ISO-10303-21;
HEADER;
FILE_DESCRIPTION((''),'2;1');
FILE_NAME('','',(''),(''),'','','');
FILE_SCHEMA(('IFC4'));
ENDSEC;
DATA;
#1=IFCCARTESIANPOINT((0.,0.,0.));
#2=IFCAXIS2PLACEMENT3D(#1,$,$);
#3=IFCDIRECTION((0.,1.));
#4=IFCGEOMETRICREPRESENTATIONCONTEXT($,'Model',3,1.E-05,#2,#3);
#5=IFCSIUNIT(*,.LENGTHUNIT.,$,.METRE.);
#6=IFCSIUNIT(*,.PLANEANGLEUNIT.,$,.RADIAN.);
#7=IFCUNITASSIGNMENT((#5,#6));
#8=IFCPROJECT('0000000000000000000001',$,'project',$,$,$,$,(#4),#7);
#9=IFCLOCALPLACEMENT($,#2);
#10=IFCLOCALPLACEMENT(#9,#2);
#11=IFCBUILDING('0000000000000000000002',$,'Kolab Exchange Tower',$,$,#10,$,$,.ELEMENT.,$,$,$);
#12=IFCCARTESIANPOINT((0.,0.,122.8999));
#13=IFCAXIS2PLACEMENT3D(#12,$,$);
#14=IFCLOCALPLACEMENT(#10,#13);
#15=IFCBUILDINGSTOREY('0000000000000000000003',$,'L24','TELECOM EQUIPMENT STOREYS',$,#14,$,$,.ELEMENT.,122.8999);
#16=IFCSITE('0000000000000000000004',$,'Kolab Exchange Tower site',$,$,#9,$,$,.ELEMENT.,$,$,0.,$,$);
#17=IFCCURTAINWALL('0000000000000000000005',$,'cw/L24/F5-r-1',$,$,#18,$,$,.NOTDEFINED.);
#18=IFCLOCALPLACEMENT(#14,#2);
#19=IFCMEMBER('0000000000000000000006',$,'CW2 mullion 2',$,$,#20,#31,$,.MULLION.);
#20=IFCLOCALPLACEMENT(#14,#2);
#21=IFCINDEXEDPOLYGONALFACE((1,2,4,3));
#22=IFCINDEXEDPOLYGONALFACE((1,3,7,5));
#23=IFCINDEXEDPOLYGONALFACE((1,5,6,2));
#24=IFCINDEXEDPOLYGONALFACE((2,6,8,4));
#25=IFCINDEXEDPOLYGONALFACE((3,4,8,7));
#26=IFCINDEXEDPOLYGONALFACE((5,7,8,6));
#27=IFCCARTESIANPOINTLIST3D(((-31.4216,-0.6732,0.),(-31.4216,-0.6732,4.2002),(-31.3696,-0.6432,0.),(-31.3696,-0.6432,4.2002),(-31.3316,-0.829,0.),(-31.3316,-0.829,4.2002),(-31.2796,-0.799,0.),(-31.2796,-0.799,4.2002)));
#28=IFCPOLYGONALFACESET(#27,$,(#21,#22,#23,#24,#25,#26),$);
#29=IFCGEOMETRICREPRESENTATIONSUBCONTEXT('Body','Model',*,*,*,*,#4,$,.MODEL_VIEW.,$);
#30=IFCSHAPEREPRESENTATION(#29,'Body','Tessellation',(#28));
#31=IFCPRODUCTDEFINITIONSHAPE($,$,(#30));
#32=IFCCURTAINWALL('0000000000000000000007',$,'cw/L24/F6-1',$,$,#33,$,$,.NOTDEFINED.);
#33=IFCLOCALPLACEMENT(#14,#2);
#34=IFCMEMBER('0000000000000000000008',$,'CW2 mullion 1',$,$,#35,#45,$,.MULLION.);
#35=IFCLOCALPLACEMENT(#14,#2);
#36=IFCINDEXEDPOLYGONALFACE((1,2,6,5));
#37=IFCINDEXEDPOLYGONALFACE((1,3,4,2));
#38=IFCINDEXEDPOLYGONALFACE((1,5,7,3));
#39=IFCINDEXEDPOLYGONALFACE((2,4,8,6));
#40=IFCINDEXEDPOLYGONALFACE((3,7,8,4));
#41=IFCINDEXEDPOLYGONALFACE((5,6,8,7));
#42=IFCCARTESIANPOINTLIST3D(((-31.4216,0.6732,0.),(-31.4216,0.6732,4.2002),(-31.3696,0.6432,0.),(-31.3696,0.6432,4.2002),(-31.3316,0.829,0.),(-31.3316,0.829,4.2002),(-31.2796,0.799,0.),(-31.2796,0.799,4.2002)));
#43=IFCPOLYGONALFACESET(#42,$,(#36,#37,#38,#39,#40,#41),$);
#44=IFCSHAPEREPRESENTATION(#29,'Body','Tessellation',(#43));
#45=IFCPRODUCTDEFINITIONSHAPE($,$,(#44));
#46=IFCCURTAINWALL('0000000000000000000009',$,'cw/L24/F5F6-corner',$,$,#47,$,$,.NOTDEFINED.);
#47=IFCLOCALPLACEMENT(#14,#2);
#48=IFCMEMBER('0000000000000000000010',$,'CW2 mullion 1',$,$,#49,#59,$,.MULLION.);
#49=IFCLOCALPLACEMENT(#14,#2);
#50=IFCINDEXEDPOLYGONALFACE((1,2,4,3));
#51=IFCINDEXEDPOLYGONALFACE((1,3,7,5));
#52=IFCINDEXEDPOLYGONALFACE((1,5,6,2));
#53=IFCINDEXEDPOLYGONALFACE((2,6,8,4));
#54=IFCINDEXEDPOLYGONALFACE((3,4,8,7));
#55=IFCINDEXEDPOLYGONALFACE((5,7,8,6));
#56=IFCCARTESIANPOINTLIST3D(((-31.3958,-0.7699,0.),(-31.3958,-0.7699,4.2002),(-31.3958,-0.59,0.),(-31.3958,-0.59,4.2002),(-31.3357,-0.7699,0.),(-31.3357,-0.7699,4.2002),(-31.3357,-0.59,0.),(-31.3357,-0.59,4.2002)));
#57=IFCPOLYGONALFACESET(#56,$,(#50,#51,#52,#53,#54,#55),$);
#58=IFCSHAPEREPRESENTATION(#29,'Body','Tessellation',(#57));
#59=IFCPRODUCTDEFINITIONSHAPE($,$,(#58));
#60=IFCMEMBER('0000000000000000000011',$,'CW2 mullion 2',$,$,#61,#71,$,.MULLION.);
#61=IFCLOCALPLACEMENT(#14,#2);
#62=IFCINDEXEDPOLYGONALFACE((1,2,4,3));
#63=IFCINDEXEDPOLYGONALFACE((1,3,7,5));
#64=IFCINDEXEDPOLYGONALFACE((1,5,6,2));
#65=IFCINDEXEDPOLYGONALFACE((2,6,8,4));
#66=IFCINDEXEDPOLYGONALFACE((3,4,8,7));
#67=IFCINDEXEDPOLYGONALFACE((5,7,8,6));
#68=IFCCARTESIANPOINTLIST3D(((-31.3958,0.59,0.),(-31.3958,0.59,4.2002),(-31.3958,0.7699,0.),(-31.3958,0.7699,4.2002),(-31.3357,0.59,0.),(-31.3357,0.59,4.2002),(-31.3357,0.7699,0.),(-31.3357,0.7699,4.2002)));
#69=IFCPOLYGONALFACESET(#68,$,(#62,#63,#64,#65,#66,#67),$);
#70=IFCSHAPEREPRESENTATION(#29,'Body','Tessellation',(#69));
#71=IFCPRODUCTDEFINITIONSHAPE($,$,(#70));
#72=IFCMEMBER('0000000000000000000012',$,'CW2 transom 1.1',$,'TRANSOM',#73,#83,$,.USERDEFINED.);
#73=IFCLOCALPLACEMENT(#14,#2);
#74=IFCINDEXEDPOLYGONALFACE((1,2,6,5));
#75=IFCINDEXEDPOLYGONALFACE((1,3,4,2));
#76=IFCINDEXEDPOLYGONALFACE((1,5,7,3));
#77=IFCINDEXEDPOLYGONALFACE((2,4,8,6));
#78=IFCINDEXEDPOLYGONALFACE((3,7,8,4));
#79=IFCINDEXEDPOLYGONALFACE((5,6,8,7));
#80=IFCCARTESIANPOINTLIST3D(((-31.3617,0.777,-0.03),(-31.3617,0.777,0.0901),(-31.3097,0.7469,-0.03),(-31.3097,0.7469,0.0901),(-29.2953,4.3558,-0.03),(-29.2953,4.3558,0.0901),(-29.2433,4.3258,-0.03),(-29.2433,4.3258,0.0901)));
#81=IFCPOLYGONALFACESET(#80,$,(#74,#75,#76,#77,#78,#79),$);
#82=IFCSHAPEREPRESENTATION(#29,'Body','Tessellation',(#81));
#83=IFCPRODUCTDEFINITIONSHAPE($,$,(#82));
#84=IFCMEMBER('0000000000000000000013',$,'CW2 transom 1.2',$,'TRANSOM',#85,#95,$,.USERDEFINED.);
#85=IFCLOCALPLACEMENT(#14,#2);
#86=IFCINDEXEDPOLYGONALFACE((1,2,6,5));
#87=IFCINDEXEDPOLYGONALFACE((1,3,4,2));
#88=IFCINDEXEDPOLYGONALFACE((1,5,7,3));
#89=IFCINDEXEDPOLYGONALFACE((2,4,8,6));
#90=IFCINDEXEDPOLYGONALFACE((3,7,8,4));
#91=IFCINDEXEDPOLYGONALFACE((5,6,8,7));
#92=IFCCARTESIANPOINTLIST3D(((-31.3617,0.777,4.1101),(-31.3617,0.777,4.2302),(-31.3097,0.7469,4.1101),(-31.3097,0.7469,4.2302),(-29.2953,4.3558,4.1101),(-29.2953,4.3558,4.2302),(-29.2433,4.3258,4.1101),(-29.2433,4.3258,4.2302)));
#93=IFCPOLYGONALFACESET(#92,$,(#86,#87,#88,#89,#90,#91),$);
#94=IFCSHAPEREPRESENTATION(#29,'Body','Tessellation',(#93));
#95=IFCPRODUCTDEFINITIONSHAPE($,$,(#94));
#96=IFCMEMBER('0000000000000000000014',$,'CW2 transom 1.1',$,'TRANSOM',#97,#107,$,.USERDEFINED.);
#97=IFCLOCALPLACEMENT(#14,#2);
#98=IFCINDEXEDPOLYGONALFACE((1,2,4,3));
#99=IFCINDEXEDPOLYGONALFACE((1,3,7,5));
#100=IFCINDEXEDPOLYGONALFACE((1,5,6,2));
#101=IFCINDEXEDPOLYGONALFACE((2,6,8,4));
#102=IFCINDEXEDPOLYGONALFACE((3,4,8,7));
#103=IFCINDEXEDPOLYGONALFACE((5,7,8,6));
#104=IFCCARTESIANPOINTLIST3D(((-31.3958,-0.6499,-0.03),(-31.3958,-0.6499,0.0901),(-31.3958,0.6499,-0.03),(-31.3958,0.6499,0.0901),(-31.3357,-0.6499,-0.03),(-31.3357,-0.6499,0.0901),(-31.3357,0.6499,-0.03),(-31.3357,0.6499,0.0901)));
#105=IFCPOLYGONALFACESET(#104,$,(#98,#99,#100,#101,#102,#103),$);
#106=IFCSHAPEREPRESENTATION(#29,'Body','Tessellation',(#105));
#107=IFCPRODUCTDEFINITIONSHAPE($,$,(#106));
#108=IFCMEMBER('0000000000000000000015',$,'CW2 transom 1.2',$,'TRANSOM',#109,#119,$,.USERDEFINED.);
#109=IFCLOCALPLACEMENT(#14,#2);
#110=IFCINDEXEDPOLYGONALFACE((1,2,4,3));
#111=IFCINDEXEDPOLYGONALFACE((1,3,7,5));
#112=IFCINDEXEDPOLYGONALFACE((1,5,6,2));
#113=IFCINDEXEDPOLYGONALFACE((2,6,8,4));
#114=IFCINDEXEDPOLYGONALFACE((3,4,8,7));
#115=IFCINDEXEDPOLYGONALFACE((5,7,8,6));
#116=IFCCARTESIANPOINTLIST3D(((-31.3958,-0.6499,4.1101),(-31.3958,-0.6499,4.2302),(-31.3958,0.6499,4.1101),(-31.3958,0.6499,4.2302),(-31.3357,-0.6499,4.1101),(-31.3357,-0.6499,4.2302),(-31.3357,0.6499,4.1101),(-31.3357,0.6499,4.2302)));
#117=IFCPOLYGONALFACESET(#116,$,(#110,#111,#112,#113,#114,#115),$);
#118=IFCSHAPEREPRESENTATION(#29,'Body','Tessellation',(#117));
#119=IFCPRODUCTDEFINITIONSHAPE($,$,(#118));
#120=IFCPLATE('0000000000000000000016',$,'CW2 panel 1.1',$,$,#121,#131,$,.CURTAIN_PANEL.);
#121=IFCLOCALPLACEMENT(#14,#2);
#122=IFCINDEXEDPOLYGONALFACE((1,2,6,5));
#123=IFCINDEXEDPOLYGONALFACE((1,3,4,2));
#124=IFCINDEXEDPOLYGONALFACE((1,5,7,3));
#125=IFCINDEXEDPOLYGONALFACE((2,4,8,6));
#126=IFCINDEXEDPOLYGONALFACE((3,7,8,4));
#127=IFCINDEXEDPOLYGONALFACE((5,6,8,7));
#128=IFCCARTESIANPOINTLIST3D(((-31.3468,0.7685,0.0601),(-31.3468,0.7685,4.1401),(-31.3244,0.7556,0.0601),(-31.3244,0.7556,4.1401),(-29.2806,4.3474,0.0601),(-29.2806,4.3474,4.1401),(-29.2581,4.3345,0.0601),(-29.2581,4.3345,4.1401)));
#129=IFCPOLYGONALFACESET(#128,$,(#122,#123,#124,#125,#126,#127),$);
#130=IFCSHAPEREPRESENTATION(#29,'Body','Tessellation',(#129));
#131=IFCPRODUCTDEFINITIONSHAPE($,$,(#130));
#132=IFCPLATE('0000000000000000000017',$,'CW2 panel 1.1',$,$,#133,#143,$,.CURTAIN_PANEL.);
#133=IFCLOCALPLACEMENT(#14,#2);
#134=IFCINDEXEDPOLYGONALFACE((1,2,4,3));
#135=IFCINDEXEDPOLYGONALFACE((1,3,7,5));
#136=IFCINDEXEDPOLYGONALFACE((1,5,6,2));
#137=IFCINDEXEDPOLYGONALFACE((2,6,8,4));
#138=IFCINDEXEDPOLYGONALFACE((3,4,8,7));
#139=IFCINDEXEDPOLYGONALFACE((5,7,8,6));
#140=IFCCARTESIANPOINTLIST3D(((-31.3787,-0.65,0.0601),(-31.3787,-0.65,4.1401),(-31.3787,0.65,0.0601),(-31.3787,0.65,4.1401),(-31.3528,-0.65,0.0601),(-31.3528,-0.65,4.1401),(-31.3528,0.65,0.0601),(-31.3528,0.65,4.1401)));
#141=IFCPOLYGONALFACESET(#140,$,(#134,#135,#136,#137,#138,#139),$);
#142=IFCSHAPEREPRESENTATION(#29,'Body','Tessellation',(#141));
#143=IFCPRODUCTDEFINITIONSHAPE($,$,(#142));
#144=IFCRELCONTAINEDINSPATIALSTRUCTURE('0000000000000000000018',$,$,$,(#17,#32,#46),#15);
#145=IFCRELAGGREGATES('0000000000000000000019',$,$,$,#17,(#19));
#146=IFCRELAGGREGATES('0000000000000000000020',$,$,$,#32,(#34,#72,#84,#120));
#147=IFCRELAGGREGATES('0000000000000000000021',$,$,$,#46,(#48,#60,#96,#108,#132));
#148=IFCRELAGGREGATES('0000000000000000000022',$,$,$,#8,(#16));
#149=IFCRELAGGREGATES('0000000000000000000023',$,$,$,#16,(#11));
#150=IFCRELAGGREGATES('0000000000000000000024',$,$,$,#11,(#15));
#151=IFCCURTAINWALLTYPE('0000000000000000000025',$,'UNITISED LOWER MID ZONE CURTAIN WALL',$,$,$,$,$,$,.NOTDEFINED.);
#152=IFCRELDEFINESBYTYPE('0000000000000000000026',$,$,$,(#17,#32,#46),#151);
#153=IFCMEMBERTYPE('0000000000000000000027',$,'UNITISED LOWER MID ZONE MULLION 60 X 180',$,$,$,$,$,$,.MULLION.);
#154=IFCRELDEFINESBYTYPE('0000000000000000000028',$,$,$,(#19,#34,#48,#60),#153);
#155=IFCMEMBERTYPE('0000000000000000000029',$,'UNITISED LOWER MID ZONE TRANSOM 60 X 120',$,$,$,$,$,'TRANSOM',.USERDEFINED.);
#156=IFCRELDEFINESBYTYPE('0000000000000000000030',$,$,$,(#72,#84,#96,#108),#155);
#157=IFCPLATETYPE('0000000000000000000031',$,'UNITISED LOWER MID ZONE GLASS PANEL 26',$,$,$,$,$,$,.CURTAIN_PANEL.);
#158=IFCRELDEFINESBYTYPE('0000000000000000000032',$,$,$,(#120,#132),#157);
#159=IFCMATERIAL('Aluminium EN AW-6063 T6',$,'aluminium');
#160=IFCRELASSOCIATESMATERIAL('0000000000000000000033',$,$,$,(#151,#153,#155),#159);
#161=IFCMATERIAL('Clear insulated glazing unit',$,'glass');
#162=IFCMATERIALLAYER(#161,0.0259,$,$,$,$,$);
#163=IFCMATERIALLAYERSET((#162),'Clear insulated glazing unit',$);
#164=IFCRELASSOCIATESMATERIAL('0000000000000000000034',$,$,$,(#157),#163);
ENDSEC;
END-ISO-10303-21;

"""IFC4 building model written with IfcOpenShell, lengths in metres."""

from ifc_helpers import new_model, si_unit, direction, frame, origin, origin_2d, place, context, subcontext, project, spatial, rectangle, extrude, material, layer, layer_set, material_profile, profile_set, type_object, element, aggregate, save


model = new_model("IFC4")

# Units and contexts
model_context = context("Model", 3, precision=1e-05, world=origin(), true_north=direction((0.0, 1.0)))
body_context = subcontext(model_context, "Body", "Model", "MODEL_VIEW")
ifc_project = project(units=[si_unit("LENGTHUNIT", "METRE"), si_unit("PLANEANGLEUNIT", "RADIAN")], contexts=[model_context])

# Site, building, storey
site_placement = place(None, origin())
site = spatial("IfcSite", under=ifc_project, at=site_placement, Name="Kolab Exchange Tower site", CompositionType="ELEMENT", RefElevation=0.0)
building_placement = place(site_placement, origin())
building = spatial("IfcBuilding", under=site, at=building_placement, Name="Kolab Exchange Tower", CompositionType="ELEMENT")
storey_placement = place(building_placement, frame((0.0, 0.0, 122.8999)))
storey = spatial("IfcBuildingStorey", under=building, at=storey_placement, Name="L24", Description="TELECOM EQUIPMENT STOREYS", CompositionType="ELEMENT", Elevation=122.8999)

# Curtain walls, members
ifc_material_1 = material(Name="Aluminium EN AW-6063 T6", Category="aluminium")
curtain_wall_type = type_object("IfcCurtainWallType", Name="UNITISED LOWER MID ZONE CURTAIN WALL", PredefinedType="NOTDEFINED", material=ifc_material_1)
curtain_wall_1_placement = place(storey_placement, origin())
curtain_wall_1 = element("IfcCurtainWall", 1, at=curtain_wall_1_placement, inside=storey, type_object=curtain_wall_type, Name="cw/L24/F5-r-1", PredefinedType="NOTDEFINED")
ifc_material_profile_1 = material_profile(ifc_material_1, rectangle(XDim=0.0601, YDim=0.1799, at=origin_2d()), Name="RECT 60X180")
ifc_profile_set_1 = profile_set([ifc_material_profile_1], Name="Aluminium EN AW-6063 T6")
member_type_1 = type_object("IfcMemberType", Name="UNITISED LOWER MID ZONE MULLION 60 X 180", PredefinedType="MULLION", material=ifc_profile_set_1)
member_1_placement = place(storey_placement, frame((-31.3506, -0.7361, 0.0), z_axis=(0.0, 0.0, 1.0), x_axis=(-0.866025, -0.5, 0.0)))
member_1 = element("IfcMember", 2, at=member_1_placement, type_object=member_type_1, Name="CW2 mullion 2", PredefinedType="MULLION", context=body_context, shape_type="SweptSolid", body=[
    extrude(rectangle(XDim=0.0601, YDim=0.1799, at=origin_2d()), origin(), (0.0, 0.0, 1.0), 4.2002),
])
aggregate(curtain_wall_1, [member_1])
curtain_wall_2_placement = place(storey_placement, origin())
curtain_wall_2 = element("IfcCurtainWall", 3, at=curtain_wall_2_placement, inside=storey, type_object=curtain_wall_type, Name="cw/L24/F6-1", PredefinedType="NOTDEFINED")
member_2_placement = place(storey_placement, frame((-31.3506, 0.7361, 0.0), z_axis=(0.0, 0.0, 1.0), x_axis=(-0.866025, 0.5, 0.0)))
member_2 = element("IfcMember", 4, at=member_2_placement, type_object=member_type_1, Name="CW2 mullion 1", PredefinedType="MULLION", context=body_context, shape_type="SweptSolid", body=[
    extrude(rectangle(XDim=0.0601, YDim=0.1799, at=origin_2d()), origin(), (0.0, 0.0, 1.0), 4.2002),
])

# Curtain wall, members
curtain_wall_3_placement = place(storey_placement, origin())
curtain_wall_3 = element("IfcCurtainWall", 5, at=curtain_wall_3_placement, inside=storey, type_object=curtain_wall_type, Name="cw/L24/F5F6-corner", PredefinedType="NOTDEFINED")
member_3_placement = place(storey_placement, frame((-31.3657, -0.6799, 0.0), z_axis=(0.0, 0.0, 1.0), x_axis=(-1.0, 0.0, 0.0)))
member_3 = element("IfcMember", 6, at=member_3_placement, type_object=member_type_1, Name="CW2 mullion 1", PredefinedType="MULLION", context=body_context, shape_type="SweptSolid", body=[
    extrude(rectangle(XDim=0.0601, YDim=0.1799, at=origin_2d()), origin(), (0.0, 0.0, 1.0), 4.2002),
])
member_4_placement = place(storey_placement, frame((-31.3657, 0.6799, 0.0), z_axis=(0.0, 0.0, 1.0), x_axis=(-1.0, 0.0, 0.0)))
member_4 = element("IfcMember", 7, at=member_4_placement, type_object=member_type_1, Name="CW2 mullion 2", PredefinedType="MULLION", context=body_context, shape_type="SweptSolid", body=[
    extrude(rectangle(XDim=0.0601, YDim=0.1799, at=origin_2d()), origin(), (0.0, 0.0, 1.0), 4.2002),
])

# Members
ifc_material_profile_2 = material_profile(ifc_material_1, rectangle(XDim=0.0601, YDim=0.1201, at=origin_2d()), Name="RECT 60X120")
ifc_profile_set_2 = profile_set([ifc_material_profile_2], Name="Aluminium EN AW-6063 T6")
member_type_2 = type_object("IfcMemberType", Name="UNITISED LOWER MID ZONE TRANSOM 60 X 120", ElementType="TRANSOM", PredefinedType="USERDEFINED", material=ifc_profile_set_2)
member_5_placement = place(storey_placement, frame((-31.3357, 0.762, 0.03), z_axis=(0.500028, 0.866009, 0.0), x_axis=(-0.866009, 0.500028, 0.0)))
member_5 = element("IfcMember", 8, at=member_5_placement, type_object=member_type_2, Name="CW2 transom 1.1", ObjectType="TRANSOM", PredefinedType="USERDEFINED", context=body_context, shape_type="SweptSolid", body=[
    extrude(rectangle(XDim=0.0601, YDim=0.1201, at=origin_2d()), origin(), (0.0, 0.0, 1.0), 4.1326),
])
member_6_placement = place(storey_placement, frame((-31.3357, 0.762, 4.1702), z_axis=(0.500028, 0.866009, 0.0), x_axis=(-0.866009, 0.500028, 0.0)))
member_6 = element("IfcMember", 9, at=member_6_placement, type_object=member_type_2, Name="CW2 transom 1.2", ObjectType="TRANSOM", PredefinedType="USERDEFINED", context=body_context, shape_type="SweptSolid", body=[
    extrude(rectangle(XDim=0.0601, YDim=0.1201, at=origin_2d()), origin(), (0.0, 0.0, 1.0), 4.1326),
])
member_7_placement = place(storey_placement, frame((-31.3657, -0.6499, 0.03), z_axis=(0.0, 1.0, 0.0), x_axis=(-1.0, 0.0, 0.0)))
member_7 = element("IfcMember", 10, at=member_7_placement, type_object=member_type_2, Name="CW2 transom 1.1", ObjectType="TRANSOM", PredefinedType="USERDEFINED", context=body_context, shape_type="SweptSolid", body=[
    extrude(rectangle(XDim=0.0601, YDim=0.1201, at=origin_2d()), origin(), (0.0, 0.0, 1.0), 1.2998),
])
member_8_placement = place(storey_placement, frame((-31.3657, -0.6499, 4.1702), z_axis=(0.0, 1.0, 0.0), x_axis=(-1.0, 0.0, 0.0)))
member_8 = element("IfcMember", 11, at=member_8_placement, type_object=member_type_2, Name="CW2 transom 1.2", ObjectType="TRANSOM", PredefinedType="USERDEFINED", context=body_context, shape_type="SweptSolid", body=[
    extrude(rectangle(XDim=0.0601, YDim=0.1201, at=origin_2d()), origin(), (0.0, 0.0, 1.0), 1.2998),
])

# Plates
ifc_material_2 = material(Name="Clear insulated glazing unit", Category="glass")
ifc_layer = layer(ifc_material_2, 0.0259)
ifc_layer_set = layer_set([ifc_layer], Name="Clear insulated glazing unit")
plate_type = type_object("IfcPlateType", Name="UNITISED LOWER MID ZONE GLASS PANEL 26", PredefinedType="CURTAIN_PANEL", material=ifc_layer_set)
plate_1_placement = place(storey_placement, frame((-30.3025, 2.5515, 0.0601), z_axis=(0.0, 0.0, 1.0), x_axis=(0.5, 0.866025, 0.0)))
plate_1 = element("IfcPlate", 12, at=plate_1_placement, type_object=plate_type, Name="CW2 panel 1.1", PredefinedType="CURTAIN_PANEL", context=body_context, shape_type="SweptSolid", body=[
    extrude(rectangle(XDim=4.1326, YDim=0.0259, at=origin_2d()), origin(), (0.0, 0.0, 1.0), 4.0801),
])
aggregate(curtain_wall_2, [member_2, member_5, member_6, plate_1])
plate_2_placement = place(storey_placement, frame((-31.3657, 0.0, 0.0601), z_axis=(0.0, 0.0, 1.0), x_axis=(0.0, 1.0, 0.0)))
plate_2 = element("IfcPlate", 13, at=plate_2_placement, type_object=plate_type, Name="CW2 panel 1.1", PredefinedType="CURTAIN_PANEL", context=body_context, shape_type="SweptSolid", body=[
    extrude(rectangle(XDim=1.3, YDim=0.0259, at=origin_2d()), origin(), (0.0, 0.0, 1.0), 4.0801),
])
aggregate(curtain_wall_3, [member_3, member_4, member_7, member_8, plate_2])

save(model, "model.ifc")
